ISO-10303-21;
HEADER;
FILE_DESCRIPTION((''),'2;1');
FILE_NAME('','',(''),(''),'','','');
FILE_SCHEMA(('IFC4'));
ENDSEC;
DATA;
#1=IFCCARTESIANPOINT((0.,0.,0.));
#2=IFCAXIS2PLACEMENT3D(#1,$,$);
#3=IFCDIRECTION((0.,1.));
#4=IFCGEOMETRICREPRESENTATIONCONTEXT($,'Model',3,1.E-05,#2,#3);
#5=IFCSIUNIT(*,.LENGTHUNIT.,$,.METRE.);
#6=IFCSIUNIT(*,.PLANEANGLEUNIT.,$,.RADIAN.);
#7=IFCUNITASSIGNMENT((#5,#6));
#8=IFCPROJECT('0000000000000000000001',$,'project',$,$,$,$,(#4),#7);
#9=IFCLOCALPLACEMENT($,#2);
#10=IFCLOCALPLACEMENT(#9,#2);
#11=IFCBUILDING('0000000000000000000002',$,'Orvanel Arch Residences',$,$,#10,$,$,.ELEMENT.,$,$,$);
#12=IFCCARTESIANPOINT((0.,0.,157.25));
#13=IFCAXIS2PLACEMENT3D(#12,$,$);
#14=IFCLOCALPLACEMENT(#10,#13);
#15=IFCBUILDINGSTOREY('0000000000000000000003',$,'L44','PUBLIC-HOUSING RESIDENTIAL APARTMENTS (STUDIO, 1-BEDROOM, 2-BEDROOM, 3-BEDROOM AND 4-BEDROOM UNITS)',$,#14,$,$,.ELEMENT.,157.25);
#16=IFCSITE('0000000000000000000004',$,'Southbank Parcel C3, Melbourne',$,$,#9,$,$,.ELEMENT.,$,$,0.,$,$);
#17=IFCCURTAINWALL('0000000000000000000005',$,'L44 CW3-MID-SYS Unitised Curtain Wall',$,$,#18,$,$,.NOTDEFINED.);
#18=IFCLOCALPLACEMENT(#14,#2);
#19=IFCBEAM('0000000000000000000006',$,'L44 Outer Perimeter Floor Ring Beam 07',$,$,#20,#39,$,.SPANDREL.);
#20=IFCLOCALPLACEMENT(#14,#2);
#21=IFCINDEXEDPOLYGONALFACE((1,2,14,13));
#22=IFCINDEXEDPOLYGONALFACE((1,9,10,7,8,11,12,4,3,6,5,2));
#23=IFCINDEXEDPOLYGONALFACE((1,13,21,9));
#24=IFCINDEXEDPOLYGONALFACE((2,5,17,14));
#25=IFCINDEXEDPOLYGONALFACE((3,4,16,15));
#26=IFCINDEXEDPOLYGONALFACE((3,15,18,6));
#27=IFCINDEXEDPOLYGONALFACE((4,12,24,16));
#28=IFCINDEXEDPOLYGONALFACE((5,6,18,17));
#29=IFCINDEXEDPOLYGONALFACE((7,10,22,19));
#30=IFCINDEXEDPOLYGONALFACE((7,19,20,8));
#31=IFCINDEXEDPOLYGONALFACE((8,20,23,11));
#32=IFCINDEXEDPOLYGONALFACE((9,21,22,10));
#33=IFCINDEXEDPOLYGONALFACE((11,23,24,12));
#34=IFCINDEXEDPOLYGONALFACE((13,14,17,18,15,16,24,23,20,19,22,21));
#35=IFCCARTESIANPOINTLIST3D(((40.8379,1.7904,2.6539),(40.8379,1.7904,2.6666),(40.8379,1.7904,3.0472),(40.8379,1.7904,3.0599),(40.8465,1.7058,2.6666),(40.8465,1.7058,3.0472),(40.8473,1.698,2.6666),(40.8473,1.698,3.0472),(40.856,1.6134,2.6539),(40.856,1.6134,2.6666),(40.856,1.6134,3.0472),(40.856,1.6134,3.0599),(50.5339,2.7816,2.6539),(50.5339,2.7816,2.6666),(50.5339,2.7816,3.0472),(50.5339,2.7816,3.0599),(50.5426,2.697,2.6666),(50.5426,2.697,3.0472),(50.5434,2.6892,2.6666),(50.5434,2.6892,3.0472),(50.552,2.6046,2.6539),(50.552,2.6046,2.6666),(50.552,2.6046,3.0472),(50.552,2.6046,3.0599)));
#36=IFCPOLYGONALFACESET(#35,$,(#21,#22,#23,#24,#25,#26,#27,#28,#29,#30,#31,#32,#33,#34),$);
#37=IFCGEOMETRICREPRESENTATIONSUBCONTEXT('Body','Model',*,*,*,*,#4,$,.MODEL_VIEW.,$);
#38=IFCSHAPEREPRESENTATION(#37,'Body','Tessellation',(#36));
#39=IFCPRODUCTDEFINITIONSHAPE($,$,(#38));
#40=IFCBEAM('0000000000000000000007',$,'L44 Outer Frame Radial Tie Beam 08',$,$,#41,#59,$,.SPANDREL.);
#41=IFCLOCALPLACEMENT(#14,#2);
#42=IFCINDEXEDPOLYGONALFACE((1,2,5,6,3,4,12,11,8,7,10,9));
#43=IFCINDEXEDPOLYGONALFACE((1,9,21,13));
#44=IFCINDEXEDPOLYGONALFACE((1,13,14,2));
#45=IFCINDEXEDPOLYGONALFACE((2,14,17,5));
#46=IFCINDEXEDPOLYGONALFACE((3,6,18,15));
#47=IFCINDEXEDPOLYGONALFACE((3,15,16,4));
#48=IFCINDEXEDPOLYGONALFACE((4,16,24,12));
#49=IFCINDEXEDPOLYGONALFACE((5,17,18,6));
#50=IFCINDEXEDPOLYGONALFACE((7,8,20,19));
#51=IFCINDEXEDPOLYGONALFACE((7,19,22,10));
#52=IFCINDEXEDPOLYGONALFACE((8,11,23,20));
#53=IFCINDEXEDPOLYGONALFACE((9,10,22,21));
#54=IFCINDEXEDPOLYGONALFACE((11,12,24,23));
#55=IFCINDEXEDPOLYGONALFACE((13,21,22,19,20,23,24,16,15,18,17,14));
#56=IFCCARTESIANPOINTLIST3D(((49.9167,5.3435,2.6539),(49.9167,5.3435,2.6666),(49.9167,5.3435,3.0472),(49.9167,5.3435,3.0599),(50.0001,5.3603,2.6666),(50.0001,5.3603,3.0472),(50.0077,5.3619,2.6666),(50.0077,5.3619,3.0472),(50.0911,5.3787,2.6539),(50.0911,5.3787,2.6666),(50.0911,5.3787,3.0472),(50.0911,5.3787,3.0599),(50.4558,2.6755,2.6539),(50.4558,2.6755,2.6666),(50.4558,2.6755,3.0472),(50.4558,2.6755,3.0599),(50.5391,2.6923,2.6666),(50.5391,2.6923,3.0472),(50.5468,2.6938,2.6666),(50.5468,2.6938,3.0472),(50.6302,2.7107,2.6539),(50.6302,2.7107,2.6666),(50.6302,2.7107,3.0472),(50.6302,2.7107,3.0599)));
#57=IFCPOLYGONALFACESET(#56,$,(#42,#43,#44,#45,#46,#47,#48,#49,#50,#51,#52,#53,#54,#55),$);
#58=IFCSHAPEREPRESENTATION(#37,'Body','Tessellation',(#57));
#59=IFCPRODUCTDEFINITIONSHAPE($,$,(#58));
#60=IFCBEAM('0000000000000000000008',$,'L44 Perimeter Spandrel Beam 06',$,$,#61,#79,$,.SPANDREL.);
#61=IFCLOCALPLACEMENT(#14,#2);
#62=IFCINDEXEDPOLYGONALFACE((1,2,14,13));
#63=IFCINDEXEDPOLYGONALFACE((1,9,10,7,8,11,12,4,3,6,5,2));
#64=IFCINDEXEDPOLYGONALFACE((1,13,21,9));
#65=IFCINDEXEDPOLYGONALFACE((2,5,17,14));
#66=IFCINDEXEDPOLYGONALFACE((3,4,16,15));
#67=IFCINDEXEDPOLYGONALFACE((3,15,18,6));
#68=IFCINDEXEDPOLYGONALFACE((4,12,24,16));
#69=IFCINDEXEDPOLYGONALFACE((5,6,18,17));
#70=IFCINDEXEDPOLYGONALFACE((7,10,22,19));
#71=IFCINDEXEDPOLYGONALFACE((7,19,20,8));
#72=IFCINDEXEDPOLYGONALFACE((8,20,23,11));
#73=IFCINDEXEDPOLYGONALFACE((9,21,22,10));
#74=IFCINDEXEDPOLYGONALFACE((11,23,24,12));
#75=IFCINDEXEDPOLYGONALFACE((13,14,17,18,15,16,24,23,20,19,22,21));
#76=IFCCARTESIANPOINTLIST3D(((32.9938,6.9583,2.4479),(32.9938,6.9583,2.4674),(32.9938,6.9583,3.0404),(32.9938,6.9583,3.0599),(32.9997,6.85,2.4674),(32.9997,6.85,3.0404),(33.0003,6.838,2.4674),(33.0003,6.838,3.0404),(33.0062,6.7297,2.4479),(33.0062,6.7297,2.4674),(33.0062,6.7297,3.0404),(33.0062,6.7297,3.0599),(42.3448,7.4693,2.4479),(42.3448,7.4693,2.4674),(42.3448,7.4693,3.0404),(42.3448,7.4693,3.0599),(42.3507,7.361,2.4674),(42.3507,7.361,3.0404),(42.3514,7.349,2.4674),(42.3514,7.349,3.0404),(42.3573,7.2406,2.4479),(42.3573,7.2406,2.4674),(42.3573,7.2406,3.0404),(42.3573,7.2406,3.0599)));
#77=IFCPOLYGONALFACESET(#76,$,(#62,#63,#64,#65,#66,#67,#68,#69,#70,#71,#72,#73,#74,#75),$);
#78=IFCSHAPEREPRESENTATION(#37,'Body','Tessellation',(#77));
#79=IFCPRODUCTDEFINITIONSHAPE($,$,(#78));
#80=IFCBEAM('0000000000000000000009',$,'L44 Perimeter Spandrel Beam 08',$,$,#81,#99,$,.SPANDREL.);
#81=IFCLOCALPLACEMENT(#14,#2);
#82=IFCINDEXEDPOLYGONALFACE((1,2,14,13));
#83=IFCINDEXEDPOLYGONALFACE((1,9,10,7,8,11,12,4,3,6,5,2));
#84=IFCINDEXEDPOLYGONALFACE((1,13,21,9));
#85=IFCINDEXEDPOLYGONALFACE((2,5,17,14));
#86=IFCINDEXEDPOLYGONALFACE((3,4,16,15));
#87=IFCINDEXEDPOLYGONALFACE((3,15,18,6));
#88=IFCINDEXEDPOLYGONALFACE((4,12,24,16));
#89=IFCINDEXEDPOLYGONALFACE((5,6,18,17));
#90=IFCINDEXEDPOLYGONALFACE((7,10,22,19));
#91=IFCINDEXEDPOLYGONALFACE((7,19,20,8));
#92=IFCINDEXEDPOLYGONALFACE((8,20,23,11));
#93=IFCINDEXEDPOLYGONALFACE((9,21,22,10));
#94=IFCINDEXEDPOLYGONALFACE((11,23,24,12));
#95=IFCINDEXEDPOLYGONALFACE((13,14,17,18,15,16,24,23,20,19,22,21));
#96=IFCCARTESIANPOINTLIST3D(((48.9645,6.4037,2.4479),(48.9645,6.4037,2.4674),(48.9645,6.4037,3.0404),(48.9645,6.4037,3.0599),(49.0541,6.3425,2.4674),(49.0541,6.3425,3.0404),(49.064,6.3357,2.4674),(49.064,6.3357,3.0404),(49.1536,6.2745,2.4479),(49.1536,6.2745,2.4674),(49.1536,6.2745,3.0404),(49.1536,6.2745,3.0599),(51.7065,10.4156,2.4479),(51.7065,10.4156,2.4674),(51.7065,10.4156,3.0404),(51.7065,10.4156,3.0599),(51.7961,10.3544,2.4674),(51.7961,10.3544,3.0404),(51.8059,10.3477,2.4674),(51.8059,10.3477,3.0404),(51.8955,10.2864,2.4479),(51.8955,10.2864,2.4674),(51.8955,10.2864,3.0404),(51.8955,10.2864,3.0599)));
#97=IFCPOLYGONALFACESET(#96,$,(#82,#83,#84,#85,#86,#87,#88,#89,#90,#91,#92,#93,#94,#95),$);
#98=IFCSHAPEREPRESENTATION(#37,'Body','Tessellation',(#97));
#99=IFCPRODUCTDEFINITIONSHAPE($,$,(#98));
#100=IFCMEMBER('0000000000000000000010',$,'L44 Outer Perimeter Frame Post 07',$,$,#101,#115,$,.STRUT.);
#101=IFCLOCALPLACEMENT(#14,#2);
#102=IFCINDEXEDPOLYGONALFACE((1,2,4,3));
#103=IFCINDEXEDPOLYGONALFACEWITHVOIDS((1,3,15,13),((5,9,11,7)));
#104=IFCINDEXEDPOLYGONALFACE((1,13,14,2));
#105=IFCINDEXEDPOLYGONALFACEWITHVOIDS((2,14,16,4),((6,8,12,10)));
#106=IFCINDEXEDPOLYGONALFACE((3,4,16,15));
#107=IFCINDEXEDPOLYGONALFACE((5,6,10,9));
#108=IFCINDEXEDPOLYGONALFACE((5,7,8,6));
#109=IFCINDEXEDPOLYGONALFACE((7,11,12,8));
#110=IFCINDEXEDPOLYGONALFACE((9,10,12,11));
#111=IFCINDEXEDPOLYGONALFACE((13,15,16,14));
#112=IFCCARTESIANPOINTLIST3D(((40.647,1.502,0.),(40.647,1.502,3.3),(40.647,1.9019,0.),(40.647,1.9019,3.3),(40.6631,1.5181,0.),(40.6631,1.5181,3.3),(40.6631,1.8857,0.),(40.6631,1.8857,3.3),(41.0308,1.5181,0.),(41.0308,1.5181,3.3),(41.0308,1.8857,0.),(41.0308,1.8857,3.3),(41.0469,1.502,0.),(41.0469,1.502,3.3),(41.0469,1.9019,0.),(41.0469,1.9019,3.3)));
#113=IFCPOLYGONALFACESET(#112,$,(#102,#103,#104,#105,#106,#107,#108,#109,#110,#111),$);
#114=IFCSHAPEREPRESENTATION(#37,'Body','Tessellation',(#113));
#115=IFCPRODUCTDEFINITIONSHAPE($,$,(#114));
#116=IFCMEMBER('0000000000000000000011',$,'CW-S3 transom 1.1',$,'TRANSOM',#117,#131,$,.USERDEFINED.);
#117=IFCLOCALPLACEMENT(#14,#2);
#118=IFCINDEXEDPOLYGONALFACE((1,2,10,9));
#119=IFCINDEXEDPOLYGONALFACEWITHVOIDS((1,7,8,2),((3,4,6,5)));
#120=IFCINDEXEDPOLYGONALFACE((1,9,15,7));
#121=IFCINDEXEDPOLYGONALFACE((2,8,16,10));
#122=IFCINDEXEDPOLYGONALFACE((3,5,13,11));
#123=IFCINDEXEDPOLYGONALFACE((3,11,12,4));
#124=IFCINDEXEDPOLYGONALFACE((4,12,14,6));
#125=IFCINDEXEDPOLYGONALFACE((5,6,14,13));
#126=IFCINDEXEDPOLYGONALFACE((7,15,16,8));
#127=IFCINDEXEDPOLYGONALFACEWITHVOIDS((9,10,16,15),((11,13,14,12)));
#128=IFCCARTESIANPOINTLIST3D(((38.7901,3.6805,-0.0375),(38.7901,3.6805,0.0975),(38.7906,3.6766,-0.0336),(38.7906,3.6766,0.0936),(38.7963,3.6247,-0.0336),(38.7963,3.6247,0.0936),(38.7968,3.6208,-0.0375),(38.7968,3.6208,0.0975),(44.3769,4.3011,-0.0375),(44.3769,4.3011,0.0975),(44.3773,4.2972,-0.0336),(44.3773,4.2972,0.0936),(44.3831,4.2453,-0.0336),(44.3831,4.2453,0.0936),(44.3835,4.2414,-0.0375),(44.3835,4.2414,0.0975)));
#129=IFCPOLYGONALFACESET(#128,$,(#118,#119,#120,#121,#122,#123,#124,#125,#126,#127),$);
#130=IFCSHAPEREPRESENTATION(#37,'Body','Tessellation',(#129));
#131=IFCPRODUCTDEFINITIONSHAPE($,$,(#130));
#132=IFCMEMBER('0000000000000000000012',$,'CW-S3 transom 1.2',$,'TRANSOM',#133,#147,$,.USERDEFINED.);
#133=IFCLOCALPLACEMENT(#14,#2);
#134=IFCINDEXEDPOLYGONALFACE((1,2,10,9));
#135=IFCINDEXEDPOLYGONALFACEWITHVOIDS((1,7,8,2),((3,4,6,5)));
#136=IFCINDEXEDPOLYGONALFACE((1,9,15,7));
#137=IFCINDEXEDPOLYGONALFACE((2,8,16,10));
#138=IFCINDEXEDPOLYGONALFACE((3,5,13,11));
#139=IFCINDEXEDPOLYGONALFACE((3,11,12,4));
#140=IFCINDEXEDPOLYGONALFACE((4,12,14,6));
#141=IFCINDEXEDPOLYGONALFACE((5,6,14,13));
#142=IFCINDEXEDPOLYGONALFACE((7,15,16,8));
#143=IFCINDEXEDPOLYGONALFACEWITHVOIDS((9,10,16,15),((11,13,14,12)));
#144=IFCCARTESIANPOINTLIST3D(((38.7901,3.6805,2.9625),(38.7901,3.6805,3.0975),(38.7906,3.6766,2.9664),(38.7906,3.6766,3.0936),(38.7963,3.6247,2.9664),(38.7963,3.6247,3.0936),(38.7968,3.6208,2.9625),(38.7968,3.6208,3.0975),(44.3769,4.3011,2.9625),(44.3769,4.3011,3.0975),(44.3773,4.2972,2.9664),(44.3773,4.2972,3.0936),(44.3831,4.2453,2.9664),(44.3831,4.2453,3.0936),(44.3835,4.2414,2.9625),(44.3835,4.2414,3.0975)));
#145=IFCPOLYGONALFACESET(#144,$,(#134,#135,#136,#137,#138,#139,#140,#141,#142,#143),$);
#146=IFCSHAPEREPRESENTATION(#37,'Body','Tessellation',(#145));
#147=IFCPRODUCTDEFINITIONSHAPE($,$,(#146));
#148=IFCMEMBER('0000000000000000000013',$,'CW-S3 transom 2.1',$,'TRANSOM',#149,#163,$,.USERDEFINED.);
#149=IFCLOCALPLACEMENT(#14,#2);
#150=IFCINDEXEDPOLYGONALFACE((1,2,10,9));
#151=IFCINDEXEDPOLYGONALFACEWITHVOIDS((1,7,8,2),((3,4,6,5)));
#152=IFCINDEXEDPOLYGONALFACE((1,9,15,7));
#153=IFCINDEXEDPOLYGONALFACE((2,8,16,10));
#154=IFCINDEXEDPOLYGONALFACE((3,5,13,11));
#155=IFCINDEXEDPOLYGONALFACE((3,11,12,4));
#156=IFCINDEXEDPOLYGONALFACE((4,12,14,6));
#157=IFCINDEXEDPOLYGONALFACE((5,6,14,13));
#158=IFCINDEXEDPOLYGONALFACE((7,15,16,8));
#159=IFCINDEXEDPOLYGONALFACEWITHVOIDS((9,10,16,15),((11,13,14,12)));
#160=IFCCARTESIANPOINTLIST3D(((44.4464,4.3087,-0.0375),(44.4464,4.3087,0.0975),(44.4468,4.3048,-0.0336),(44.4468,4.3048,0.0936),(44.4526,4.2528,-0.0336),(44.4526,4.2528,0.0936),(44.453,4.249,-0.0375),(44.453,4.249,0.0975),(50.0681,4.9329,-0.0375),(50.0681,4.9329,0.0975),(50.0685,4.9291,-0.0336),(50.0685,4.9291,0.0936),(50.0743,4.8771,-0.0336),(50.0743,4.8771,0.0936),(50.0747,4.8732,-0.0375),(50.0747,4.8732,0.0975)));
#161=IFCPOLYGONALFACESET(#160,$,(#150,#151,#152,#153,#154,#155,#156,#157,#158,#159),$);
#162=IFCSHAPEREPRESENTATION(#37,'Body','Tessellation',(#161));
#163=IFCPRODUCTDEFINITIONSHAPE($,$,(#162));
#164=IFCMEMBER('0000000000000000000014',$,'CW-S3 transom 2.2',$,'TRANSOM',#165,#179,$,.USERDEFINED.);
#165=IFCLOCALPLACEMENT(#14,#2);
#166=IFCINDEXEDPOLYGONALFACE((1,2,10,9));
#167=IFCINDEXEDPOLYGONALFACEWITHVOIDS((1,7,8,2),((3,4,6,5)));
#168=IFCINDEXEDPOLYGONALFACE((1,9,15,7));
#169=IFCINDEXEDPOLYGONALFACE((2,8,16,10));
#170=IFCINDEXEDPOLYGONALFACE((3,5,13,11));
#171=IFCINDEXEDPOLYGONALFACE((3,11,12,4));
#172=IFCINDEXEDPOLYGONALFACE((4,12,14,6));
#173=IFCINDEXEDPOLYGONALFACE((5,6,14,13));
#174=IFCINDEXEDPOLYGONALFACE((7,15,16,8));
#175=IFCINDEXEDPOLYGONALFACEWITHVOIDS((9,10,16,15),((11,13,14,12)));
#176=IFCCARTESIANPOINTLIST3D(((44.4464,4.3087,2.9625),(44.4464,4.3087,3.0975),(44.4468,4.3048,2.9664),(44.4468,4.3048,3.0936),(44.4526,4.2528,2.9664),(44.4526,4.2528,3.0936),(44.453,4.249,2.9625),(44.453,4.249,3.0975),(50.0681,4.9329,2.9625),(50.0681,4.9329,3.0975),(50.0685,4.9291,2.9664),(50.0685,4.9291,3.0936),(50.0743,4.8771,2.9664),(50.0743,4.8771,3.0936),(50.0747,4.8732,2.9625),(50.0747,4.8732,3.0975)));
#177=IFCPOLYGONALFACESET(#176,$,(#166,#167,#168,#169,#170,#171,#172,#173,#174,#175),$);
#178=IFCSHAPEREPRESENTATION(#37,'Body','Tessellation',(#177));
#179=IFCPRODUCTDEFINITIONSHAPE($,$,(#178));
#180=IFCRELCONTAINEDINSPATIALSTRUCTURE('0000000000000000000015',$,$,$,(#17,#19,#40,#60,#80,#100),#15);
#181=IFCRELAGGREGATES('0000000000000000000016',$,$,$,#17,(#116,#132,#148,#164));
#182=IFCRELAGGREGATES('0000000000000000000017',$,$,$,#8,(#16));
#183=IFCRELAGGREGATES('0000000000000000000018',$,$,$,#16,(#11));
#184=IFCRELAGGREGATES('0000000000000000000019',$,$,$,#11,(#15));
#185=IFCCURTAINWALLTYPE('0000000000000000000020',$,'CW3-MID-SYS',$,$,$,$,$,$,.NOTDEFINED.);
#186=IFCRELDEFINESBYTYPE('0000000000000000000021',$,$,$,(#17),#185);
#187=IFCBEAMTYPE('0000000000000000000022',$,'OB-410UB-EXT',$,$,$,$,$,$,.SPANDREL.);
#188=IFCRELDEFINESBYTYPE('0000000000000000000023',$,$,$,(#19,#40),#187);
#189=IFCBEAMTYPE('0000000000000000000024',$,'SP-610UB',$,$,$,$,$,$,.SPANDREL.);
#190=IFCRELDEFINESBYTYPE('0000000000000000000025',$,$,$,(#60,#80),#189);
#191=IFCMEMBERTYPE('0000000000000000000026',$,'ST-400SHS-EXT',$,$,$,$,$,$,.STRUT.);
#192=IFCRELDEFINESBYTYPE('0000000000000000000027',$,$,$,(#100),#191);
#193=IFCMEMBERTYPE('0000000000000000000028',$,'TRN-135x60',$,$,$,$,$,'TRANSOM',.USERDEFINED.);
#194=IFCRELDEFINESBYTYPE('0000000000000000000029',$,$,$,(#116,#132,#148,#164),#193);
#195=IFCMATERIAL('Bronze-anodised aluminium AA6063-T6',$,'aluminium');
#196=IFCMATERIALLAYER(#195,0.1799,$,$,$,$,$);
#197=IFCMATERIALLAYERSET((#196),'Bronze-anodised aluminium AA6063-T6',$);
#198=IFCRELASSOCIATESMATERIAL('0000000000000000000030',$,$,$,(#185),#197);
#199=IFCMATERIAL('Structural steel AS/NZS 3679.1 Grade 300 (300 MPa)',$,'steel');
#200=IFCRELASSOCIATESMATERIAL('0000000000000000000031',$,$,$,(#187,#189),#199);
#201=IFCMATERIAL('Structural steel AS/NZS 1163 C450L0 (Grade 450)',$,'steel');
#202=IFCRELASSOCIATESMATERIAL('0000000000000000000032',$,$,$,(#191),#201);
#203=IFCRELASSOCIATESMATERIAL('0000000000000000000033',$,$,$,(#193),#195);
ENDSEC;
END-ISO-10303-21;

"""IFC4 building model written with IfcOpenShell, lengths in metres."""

from ifc_helpers import new_model, si_unit, direction, frame, origin, origin_2d, place, context, subcontext, project, spatial, hollow_rectangle, i_section, extrude, material, layer, layer_set, material_profile, profile_set, type_object, element, aggregate, save


model = new_model("IFC4")

# Units and contexts
model_context = context("Model", 3, precision=1e-05, world=origin(), true_north=direction((0.0, 1.0)))
body_context = subcontext(model_context, "Body", "Model", "MODEL_VIEW")
ifc_project = project(units=[si_unit("LENGTHUNIT", "METRE"), si_unit("PLANEANGLEUNIT", "RADIAN")], contexts=[model_context])

# Site, building, storey
site_placement = place(None, origin())
site = spatial("IfcSite", under=ifc_project, at=site_placement, Name="Southbank Parcel C3, Melbourne", CompositionType="ELEMENT", RefElevation=0.0)
building_placement = place(site_placement, origin())
building = spatial("IfcBuilding", under=site, at=building_placement, Name="Orvanel Arch Residences", CompositionType="ELEMENT")
storey_placement = place(building_placement, frame((0.0, 0.0, 157.25)))
storey = spatial("IfcBuildingStorey", under=building, at=storey_placement, Name="L44", Description="PUBLIC-HOUSING RESIDENTIAL APARTMENTS (STUDIO, 1-BEDROOM, 2-BEDROOM, 3-BEDROOM AND 4-BEDROOM UNITS)", CompositionType="ELEMENT", Elevation=157.25)

# Shared definitions
ifc_material_1 = material(Name="Structural steel AS/NZS 1163 C450L0 (Grade 450)", Category="steel")

# Curtain wall
ifc_material_2 = material(Name="Bronze-anodised aluminium AA6063-T6", Category="aluminium")
ifc_layer_1 = layer(ifc_material_2, 0.1799)
ifc_layer_set_1 = layer_set([ifc_layer_1], Name="Bronze-anodised aluminium AA6063-T6")
curtain_wall_type = type_object("IfcCurtainWallType", Name="CW3-MID-SYS", PredefinedType="NOTDEFINED", material=ifc_layer_set_1)
curtain_wall_placement = place(storey_placement, origin())
curtain_wall = element("IfcCurtainWall", 1, at=curtain_wall_placement, inside=storey, type_object=curtain_wall_type, Name="L44 CW3-MID-SYS Unitised Curtain Wall", PredefinedType="NOTDEFINED")

# Beams
ifc_material_3 = material(Name="Structural steel AS/NZS 3679.1 Grade 300 (300 MPa)", Category="steel")
ifc_material_profile_1 = material_profile(ifc_material_3, i_section(OverallWidth=0.178, OverallDepth=0.406, WebThickness=0.0078, FlangeThickness=0.0127, at=origin_2d()), Name="410UB59.7")
ifc_profile_set_1 = profile_set([ifc_material_profile_1], Name="Structural steel AS/NZS 3679.1 Grade 300 (300 MPa)")
beam_type_1 = type_object("IfcBeamType", Name="OB-410UB-EXT", PredefinedType="SPANDREL", material=ifc_profile_set_1)
beam_1_placement = place(storey_placement, frame((40.8469, 1.7019, 2.8569), z_axis=(0.994815, 0.101698, 0.0), x_axis=(-0.101698, 0.994815, 0.0)))
element("IfcBeam", 2, at=beam_1_placement, inside=storey, type_object=beam_type_1, Name="L44 Outer Perimeter Floor Ring Beam 07", PredefinedType="SPANDREL", context=body_context, shape_type="SweptSolid", body=[
    extrude(i_section(OverallWidth=0.178, OverallDepth=0.406, WebThickness=0.0078, FlangeThickness=0.0127, at=origin_2d()), origin(), (0.0, 0.0, 1.0), 9.7466),
])
beam_2_placement = place(storey_placement, frame((50.0039, 5.3611, 2.8569), z_axis=(0.198048, -0.980192, 0.0), x_axis=(0.980192, 0.198048, 0.0)))
element("IfcBeam", 3, at=beam_2_placement, inside=storey, type_object=beam_type_1, Name="L44 Outer Frame Radial Tie Beam 08", PredefinedType="SPANDREL", context=body_context, shape_type="SweptSolid", body=[
    extrude(i_section(OverallWidth=0.178, OverallDepth=0.406, WebThickness=0.0078, FlangeThickness=0.0127, at=origin_2d()), origin(), (0.0, 0.0, 1.0), 2.7219),
])
ifc_material_profile_2 = material_profile(ifc_material_3, i_section(OverallWidth=0.229, OverallDepth=0.6121, WebThickness=0.012, FlangeThickness=0.0195, at=origin_2d()), Name="610UB125")
ifc_profile_set_2 = profile_set([ifc_material_profile_2], Name="Structural steel AS/NZS 3679.1 Grade 300 (300 MPa)")
beam_type_2 = type_object("IfcBeamType", Name="SP-610UB", PredefinedType="SPANDREL", material=ifc_profile_set_2)
beam_3_placement = place(storey_placement, frame((33.0, 6.844, 2.7539), z_axis=(0.99851, 0.054563, 0.0), x_axis=(-0.054563, 0.99851, 0.0)))
element("IfcBeam", 4, at=beam_3_placement, inside=storey, type_object=beam_type_2, Name="L44 Perimeter Spandrel Beam 06", PredefinedType="SPANDREL", context=body_context, shape_type="SweptSolid", body=[
    extrude(i_section(OverallWidth=0.229, OverallDepth=0.6121, WebThickness=0.012, FlangeThickness=0.0195, at=origin_2d()), origin(), (0.0, 0.0, 1.0), 9.365),
])
beam_4_placement = place(storey_placement, frame((49.0591, 6.3391, 2.7539), z_axis=(0.564252, 0.825603, 0.0), x_axis=(-0.825603, 0.564252, 0.0)))
element("IfcBeam", 5, at=beam_4_placement, inside=storey, type_object=beam_type_2, Name="L44 Perimeter Spandrel Beam 08", PredefinedType="SPANDREL", context=body_context, shape_type="SweptSolid", body=[
    extrude(i_section(OverallWidth=0.229, OverallDepth=0.6121, WebThickness=0.012, FlangeThickness=0.0195, at=origin_2d()), origin(), (0.0, 0.0, 1.0), 4.8594),
])

# Members
ifc_material_profile_3 = material_profile(ifc_material_1, hollow_rectangle(XDim=0.3999, YDim=0.3999, WallThickness=0.0161, at=origin_2d()), Name="SHS400x400x16")
ifc_profile_set_3 = profile_set([ifc_material_profile_3], Name="Structural steel AS/NZS 1163 C450L0 (Grade 450)")
member_type_1 = type_object("IfcMemberType", Name="ST-400SHS-EXT", PredefinedType="STRUT", material=ifc_profile_set_3)
member_1_placement = place(storey_placement, frame((40.8469, 1.7019, 0.0), z_axis=(0.0, 0.0, 1.0), x_axis=(1.0, 0.0, 0.0)))
element("IfcMember", 6, at=member_1_placement, inside=storey, type_object=member_type_1, Name="L44 Outer Perimeter Frame Post 07", PredefinedType="STRUT", context=body_context, shape_type="SweptSolid", body=[
    extrude(hollow_rectangle(XDim=0.3999, YDim=0.3999, WallThickness=0.0161, at=origin_2d()), origin(), (0.0, 0.0, 1.0), 3.3),
])
ifc_material_profile_4 = material_profile(ifc_material_2, hollow_rectangle(XDim=0.0601, YDim=0.135, WallThickness=0.0039, at=origin_2d()), Name="ALU135x60x4")
ifc_profile_set_4 = profile_set([ifc_material_profile_4], Name="Bronze-anodised aluminium AA6063-T6")
member_type_2 = type_object("IfcMemberType", Name="TRN-135x60", ElementType="TRANSOM", PredefinedType="USERDEFINED", material=ifc_profile_set_4)
member_2_placement = place(storey_placement, frame((38.7935, 3.6506, 0.03), z_axis=(0.993886, 0.110408, 0.0), x_axis=(-0.110408, 0.993886, 0.0)))
member_2 = element("IfcMember", 7, at=member_2_placement, type_object=member_type_2, Name="CW-S3 transom 1.1", ObjectType="TRANSOM", PredefinedType="USERDEFINED", context=body_context, shape_type="SweptSolid", body=[
    extrude(hollow_rectangle(XDim=0.0601, YDim=0.135, WallThickness=0.0039, at=origin_2d()), origin(), (0.0, 0.0, 1.0), 5.6211),
])
member_3_placement = place(storey_placement, frame((38.7935, 3.6506, 3.03), z_axis=(0.993886, 0.110408, 0.0), x_axis=(-0.110408, 0.993886, 0.0)))
member_3 = element("IfcMember", 8, at=member_3_placement, type_object=member_type_2, Name="CW-S3 transom 1.2", ObjectType="TRANSOM", PredefinedType="USERDEFINED", context=body_context, shape_type="SweptSolid", body=[
    extrude(hollow_rectangle(XDim=0.0601, YDim=0.135, WallThickness=0.0039, at=origin_2d()), origin(), (0.0, 0.0, 1.0), 5.6211),
])
member_4_placement = place(storey_placement, frame((44.4497, 4.2788, 0.03), z_axis=(0.993891, 0.11037, 0.0), x_axis=(-0.11037, 0.993891, 0.0)))
member_4 = element("IfcMember", 9, at=member_4_placement, type_object=member_type_2, Name="CW-S3 transom 2.1", ObjectType="TRANSOM", PredefinedType="USERDEFINED", context=body_context, shape_type="SweptSolid", body=[
    extrude(hollow_rectangle(XDim=0.0601, YDim=0.135, WallThickness=0.0039, at=origin_2d()), origin(), (0.0, 0.0, 1.0), 5.6562),
])
member_5_placement = place(storey_placement, frame((44.4497, 4.2788, 3.03), z_axis=(0.993891, 0.11037, 0.0), x_axis=(-0.11037, 0.993891, 0.0)))
member_5 = element("IfcMember", 10, at=member_5_placement, type_object=member_type_2, Name="CW-S3 transom 2.2", ObjectType="TRANSOM", PredefinedType="USERDEFINED", context=body_context, shape_type="SweptSolid", body=[
    extrude(hollow_rectangle(XDim=0.0601, YDim=0.135, WallThickness=0.0039, at=origin_2d()), origin(), (0.0, 0.0, 1.0), 5.6562),
])

aggregate(curtain_wall, [member_2, member_3, member_4, member_5])

save(model, "model.ifc")
